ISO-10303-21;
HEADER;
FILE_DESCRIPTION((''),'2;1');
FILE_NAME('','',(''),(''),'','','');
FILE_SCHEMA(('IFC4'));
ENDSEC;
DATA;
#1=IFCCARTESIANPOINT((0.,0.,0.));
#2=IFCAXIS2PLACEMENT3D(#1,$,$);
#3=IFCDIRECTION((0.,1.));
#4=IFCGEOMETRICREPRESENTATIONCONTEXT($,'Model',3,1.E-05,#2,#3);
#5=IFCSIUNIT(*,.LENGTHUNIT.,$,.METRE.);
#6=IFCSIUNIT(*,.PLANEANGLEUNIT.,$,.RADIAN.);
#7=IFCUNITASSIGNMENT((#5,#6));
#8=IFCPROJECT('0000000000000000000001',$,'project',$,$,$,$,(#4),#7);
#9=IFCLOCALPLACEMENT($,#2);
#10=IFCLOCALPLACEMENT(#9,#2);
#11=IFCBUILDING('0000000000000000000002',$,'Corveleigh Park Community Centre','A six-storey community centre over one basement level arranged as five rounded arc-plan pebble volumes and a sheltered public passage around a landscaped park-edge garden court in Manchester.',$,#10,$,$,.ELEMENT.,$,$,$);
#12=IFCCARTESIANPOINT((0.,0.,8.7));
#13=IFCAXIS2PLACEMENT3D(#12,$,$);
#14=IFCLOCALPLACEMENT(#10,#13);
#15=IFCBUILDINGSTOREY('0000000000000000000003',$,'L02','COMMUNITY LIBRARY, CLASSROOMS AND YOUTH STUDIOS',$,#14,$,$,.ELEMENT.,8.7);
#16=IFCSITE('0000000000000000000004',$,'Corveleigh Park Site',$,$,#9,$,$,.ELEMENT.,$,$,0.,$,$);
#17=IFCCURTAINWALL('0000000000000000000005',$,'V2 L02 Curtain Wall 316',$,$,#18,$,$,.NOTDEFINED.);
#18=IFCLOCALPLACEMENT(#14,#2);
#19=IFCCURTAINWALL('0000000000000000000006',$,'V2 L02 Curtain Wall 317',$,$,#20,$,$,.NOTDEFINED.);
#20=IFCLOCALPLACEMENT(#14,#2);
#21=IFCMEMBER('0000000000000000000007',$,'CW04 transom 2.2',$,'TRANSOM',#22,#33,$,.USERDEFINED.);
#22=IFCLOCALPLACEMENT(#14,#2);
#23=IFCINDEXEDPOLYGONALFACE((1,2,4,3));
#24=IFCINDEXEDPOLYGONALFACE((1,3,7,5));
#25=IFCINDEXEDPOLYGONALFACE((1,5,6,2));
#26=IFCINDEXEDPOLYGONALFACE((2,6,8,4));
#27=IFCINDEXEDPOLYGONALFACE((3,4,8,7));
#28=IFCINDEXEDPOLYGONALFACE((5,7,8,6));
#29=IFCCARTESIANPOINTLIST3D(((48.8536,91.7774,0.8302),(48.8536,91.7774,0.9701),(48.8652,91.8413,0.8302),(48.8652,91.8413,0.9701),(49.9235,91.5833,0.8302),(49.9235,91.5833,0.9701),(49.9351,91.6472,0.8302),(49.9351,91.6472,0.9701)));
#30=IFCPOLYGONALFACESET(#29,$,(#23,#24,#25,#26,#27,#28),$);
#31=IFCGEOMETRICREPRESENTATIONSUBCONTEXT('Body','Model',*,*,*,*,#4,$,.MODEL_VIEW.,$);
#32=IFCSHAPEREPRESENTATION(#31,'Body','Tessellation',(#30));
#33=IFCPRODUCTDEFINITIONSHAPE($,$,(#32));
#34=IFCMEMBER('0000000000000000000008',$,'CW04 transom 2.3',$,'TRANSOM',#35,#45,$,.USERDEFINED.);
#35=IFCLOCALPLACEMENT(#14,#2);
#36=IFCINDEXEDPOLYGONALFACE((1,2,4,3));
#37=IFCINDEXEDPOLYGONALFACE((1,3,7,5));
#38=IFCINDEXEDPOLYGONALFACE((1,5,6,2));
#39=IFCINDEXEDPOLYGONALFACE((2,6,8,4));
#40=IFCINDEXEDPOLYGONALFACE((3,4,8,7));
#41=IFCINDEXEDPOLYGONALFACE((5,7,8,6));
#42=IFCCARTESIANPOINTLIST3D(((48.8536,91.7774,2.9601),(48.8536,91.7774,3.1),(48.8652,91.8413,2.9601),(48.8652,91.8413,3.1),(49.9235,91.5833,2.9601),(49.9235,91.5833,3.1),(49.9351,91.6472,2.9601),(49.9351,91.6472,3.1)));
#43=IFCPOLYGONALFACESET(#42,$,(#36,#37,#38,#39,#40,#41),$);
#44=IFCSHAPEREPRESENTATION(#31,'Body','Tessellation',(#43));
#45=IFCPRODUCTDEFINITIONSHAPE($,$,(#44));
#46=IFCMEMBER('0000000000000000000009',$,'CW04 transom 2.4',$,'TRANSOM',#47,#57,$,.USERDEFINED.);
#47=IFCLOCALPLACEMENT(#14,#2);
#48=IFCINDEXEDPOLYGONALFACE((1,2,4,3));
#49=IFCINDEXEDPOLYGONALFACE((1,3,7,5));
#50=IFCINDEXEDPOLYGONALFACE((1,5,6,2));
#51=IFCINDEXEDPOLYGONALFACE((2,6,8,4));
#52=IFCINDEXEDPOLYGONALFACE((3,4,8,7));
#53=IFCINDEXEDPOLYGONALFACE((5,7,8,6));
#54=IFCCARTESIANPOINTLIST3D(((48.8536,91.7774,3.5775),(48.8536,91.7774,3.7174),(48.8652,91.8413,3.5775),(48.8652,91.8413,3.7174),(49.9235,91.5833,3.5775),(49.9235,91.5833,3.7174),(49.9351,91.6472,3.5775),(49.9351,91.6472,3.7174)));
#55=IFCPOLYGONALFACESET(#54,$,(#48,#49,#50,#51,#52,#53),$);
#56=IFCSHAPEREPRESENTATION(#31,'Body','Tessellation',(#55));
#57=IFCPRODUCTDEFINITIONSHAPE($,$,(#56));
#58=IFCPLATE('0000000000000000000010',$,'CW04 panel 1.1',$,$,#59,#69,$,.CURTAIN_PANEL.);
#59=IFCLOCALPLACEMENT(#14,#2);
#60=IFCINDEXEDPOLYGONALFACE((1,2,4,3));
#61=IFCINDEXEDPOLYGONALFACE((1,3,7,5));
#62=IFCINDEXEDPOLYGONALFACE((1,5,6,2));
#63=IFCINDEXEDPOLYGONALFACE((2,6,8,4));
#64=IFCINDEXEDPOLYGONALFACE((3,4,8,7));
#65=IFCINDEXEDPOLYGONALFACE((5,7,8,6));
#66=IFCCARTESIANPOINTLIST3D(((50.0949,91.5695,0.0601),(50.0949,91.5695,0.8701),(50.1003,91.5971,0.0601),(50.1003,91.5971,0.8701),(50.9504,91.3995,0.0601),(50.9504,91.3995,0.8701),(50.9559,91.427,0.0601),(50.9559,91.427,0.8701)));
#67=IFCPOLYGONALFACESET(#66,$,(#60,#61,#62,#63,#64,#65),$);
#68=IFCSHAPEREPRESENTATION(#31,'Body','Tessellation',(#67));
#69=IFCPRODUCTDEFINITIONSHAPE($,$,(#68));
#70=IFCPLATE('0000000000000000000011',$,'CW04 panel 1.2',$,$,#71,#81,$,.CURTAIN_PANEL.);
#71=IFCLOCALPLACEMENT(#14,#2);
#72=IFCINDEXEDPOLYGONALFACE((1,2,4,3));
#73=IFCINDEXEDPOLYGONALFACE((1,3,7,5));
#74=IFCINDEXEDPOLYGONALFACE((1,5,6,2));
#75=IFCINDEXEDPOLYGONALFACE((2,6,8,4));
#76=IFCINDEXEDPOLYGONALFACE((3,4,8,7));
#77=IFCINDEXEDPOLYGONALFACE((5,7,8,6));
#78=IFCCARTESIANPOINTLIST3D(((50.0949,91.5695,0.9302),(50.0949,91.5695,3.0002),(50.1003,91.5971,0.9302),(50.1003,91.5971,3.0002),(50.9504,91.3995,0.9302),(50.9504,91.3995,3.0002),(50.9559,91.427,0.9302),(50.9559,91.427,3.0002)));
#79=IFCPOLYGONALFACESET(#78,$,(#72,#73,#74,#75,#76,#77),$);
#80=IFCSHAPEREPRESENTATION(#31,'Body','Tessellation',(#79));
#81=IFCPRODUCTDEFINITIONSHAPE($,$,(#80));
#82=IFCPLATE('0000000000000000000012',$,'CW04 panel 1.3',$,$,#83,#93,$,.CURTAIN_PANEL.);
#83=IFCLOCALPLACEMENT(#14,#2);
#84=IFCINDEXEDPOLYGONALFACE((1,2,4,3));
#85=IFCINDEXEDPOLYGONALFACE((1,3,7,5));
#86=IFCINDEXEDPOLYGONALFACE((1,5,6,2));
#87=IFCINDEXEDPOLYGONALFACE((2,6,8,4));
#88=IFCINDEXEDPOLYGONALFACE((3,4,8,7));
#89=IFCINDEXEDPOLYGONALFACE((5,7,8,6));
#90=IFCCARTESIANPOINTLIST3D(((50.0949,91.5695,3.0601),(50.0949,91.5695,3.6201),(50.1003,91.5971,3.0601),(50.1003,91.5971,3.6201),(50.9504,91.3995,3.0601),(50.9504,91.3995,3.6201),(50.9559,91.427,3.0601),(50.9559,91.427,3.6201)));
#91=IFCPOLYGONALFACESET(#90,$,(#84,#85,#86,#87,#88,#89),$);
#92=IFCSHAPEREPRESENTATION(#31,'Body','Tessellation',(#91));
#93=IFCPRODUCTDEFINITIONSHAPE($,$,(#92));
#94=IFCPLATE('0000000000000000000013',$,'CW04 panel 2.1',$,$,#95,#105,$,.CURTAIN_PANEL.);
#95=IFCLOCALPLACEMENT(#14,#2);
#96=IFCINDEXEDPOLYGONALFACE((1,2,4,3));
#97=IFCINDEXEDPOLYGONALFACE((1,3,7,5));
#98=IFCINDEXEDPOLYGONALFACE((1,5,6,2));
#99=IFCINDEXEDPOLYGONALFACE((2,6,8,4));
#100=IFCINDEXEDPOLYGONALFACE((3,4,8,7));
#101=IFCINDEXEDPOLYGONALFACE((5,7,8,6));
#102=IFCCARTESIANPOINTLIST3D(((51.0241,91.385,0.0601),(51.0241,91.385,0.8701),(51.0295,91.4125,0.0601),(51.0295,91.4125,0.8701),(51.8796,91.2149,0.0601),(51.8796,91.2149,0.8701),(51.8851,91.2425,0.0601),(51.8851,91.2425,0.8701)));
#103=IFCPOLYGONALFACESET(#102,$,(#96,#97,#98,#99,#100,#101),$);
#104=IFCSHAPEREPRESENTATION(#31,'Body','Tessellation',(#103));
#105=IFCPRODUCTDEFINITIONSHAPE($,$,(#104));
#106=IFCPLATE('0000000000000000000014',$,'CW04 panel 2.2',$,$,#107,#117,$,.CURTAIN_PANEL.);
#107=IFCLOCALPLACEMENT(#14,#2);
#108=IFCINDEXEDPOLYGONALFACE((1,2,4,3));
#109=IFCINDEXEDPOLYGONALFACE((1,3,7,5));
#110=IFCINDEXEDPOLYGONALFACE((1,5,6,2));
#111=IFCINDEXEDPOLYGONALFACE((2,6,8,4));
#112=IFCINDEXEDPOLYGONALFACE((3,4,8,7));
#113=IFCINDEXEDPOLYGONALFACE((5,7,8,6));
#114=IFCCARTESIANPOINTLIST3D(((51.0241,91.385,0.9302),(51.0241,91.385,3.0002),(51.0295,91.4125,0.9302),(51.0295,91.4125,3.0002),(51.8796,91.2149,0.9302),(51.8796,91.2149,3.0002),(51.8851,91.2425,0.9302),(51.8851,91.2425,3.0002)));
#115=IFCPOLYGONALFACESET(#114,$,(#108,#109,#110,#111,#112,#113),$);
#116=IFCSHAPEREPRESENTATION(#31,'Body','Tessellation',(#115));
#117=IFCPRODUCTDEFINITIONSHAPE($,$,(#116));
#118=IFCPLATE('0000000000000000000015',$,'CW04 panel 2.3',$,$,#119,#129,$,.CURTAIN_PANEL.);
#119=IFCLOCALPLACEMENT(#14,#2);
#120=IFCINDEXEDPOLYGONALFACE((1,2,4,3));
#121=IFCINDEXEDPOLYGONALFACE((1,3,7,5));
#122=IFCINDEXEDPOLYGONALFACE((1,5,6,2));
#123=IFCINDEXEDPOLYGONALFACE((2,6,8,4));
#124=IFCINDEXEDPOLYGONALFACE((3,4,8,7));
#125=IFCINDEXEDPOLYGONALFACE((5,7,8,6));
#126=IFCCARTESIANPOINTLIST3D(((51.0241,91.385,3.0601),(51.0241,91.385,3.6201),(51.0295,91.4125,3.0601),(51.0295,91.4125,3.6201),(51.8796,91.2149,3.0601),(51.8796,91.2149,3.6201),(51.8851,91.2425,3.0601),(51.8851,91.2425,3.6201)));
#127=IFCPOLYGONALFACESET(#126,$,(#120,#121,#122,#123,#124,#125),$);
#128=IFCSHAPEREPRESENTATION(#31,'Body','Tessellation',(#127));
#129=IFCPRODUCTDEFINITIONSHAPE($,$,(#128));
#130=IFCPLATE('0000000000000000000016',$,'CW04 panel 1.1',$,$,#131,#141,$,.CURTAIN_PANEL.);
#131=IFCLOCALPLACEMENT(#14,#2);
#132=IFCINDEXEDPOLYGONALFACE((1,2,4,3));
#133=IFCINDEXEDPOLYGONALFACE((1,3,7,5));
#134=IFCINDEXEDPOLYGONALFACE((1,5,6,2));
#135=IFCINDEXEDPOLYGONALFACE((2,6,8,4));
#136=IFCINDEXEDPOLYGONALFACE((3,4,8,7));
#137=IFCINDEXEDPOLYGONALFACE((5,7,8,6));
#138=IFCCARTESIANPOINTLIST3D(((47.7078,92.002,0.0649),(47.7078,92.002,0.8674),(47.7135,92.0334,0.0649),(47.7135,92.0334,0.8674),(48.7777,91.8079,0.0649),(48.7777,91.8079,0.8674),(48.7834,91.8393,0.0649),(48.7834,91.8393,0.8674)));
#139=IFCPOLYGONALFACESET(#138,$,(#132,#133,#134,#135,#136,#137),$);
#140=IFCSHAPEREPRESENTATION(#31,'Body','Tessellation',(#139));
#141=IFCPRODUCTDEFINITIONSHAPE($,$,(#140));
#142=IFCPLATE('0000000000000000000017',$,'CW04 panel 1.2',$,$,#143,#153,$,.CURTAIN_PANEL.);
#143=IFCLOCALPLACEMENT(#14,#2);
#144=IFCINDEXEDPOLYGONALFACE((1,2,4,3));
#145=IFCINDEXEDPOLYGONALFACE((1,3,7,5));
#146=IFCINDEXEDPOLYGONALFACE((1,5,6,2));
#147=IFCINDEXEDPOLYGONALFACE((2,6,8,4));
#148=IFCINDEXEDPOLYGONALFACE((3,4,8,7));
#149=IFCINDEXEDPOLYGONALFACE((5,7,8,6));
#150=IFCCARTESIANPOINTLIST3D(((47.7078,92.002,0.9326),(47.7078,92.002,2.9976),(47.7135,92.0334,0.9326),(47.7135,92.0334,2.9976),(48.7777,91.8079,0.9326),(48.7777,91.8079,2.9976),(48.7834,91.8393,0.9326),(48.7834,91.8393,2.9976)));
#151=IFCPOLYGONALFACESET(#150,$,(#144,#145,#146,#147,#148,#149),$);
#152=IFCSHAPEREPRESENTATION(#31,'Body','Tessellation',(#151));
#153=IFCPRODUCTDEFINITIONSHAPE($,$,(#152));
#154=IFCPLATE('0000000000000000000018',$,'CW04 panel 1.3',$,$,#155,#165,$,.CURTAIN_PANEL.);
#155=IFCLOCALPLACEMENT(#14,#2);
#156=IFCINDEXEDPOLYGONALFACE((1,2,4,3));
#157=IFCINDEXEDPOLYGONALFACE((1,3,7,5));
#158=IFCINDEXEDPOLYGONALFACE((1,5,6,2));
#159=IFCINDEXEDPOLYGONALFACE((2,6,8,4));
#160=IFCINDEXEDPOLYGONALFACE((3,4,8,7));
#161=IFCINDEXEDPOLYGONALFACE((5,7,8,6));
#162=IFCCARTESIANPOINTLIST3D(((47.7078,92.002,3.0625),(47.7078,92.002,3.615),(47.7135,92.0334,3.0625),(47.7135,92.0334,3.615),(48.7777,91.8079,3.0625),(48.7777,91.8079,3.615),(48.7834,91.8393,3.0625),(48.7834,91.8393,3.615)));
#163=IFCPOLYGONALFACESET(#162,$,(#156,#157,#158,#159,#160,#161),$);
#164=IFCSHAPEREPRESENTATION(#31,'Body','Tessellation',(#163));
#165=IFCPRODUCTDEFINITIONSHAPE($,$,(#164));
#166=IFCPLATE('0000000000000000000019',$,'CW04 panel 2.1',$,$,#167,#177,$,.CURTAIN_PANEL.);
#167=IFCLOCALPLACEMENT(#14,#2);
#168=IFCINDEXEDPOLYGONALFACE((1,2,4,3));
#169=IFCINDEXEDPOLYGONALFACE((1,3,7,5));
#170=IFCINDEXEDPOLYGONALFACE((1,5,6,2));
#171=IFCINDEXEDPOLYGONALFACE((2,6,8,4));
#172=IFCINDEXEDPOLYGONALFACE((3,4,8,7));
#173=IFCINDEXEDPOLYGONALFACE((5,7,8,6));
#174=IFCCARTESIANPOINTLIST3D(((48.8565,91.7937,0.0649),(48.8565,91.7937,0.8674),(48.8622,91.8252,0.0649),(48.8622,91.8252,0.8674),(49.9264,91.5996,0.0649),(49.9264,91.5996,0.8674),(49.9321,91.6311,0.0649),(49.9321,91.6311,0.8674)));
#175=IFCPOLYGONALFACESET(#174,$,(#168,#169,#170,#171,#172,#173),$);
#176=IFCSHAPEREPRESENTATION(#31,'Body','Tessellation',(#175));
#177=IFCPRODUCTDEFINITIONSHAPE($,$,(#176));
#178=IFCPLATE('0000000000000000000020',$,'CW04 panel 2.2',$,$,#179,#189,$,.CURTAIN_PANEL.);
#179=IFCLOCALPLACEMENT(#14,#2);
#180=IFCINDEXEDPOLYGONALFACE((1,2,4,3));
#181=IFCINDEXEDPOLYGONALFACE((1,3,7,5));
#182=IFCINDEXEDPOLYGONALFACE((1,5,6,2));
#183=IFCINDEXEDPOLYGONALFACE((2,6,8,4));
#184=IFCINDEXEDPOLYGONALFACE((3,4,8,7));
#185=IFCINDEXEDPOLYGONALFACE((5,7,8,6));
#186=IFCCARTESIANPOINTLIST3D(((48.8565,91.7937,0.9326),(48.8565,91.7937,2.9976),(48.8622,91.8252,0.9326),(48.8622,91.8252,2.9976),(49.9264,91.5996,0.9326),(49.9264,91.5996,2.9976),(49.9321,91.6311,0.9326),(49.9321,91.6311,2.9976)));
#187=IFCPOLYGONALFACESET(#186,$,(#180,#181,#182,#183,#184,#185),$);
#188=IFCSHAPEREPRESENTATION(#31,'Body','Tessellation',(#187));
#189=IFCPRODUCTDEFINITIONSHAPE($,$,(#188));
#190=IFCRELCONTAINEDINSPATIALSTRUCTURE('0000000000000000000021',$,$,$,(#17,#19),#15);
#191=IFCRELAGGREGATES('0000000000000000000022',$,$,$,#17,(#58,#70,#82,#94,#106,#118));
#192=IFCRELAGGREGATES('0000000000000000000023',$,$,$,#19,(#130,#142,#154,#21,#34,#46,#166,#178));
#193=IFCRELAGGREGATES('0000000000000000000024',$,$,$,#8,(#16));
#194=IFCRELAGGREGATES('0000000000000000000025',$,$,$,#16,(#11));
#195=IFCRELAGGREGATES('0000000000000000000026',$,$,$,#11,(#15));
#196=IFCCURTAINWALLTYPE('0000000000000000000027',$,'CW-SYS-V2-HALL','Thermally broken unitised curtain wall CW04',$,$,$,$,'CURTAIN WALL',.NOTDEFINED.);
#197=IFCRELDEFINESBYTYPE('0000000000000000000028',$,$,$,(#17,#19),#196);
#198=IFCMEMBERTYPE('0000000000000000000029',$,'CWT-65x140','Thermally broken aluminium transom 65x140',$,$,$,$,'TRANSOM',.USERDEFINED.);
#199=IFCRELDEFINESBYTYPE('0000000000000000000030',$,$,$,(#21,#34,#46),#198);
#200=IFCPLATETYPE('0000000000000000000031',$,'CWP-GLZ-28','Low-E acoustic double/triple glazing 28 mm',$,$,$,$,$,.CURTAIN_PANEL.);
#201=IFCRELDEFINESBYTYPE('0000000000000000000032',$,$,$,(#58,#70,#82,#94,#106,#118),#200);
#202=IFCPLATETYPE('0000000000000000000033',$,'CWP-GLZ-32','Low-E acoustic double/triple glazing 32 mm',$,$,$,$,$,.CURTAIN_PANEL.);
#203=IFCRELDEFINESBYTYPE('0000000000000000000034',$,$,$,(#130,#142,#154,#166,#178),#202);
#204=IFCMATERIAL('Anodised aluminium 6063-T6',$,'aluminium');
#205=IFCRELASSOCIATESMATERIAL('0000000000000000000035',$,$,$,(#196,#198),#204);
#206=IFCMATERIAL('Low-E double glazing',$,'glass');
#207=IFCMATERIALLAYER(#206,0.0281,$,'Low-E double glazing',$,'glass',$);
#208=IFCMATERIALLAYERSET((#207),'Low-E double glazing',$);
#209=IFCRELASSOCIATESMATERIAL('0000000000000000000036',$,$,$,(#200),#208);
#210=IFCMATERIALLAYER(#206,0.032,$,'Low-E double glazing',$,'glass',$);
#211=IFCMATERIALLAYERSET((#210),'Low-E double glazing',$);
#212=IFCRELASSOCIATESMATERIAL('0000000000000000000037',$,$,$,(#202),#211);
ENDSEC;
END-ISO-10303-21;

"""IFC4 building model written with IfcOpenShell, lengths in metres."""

from ifc_helpers import new_model, si_unit, direction, frame, origin, origin_2d, place, context, subcontext, project, spatial, rectangle, extrude, material, layer, layer_set, material_profile, profile_set, type_object, element, aggregate, save


model = new_model("IFC4")

# Units and contexts
model_context = context("Model", 3, precision=1e-05, world=origin(), true_north=direction((0.0, 1.0)))
body_context = subcontext(model_context, "Body", "Model", "MODEL_VIEW")
ifc_project = project(units=[si_unit("LENGTHUNIT", "METRE"), si_unit("PLANEANGLEUNIT", "RADIAN")], contexts=[model_context])

# Site, building, storey
site_placement = place(None, origin())
site = spatial("IfcSite", under=ifc_project, at=site_placement, Name="Corveleigh Park Site", CompositionType="ELEMENT", RefElevation=0.0)
building_placement = place(site_placement, origin())
building = spatial("IfcBuilding", under=site, at=building_placement, Name="Corveleigh Park Community Centre", Description="A six-storey community centre over one basement level arranged as five rounded arc-plan pebble volumes and a sheltered public passage around a landscaped park-edge garden court in Manchester.", CompositionType="ELEMENT")
storey_placement = place(building_placement, frame((0.0, 0.0, 8.7)))
storey = spatial("IfcBuildingStorey", under=building, at=storey_placement, Name="L02", Description="COMMUNITY LIBRARY, CLASSROOMS AND YOUTH STUDIOS", CompositionType="ELEMENT", Elevation=8.7)

# Curtain walls
ifc_material_1 = material(Name="Anodised aluminium 6063-T6", Category="aluminium")
curtain_wall_type = type_object("IfcCurtainWallType", Name="CW-SYS-V2-HALL", Description="Thermally broken unitised curtain wall CW04", ElementType="CURTAIN WALL", PredefinedType="NOTDEFINED", material=ifc_material_1)
curtain_wall_1_placement = place(storey_placement, origin())
curtain_wall_1 = element("IfcCurtainWall", 1, at=curtain_wall_1_placement, inside=storey, type_object=curtain_wall_type, Name="V2 L02 Curtain Wall 316", PredefinedType="NOTDEFINED")
curtain_wall_2_placement = place(storey_placement, origin())
curtain_wall_2 = element("IfcCurtainWall", 2, at=curtain_wall_2_placement, inside=storey, type_object=curtain_wall_type, Name="V2 L02 Curtain Wall 317", PredefinedType="NOTDEFINED")

# Members
ifc_material_profile_1 = material_profile(ifc_material_1, rectangle(XDim=0.0649, YDim=0.1399, at=origin_2d()), Name="ALU-T65x140", Category="aluminium")
ifc_profile_set_1 = profile_set([ifc_material_profile_1], Name="Anodised aluminium 6063-T6")
member_type_1 = type_object("IfcMemberType", Name="CWT-65x140", Description="Thermally broken aluminium transom 65x140", ElementType="TRANSOM", PredefinedType="USERDEFINED", material=ifc_profile_set_1)
member_1_placement = place(storey_placement, frame((48.8594, 91.8093, 0.9001), z_axis=(0.983938, -0.17851, 0.0), x_axis=(0.17851, 0.983938, 0.0)))
member_1 = element("IfcMember", 3, at=member_1_placement, type_object=member_type_1, Name="CW04 transom 2.2", ObjectType="TRANSOM", PredefinedType="USERDEFINED", context=body_context, shape_type="SweptSolid", body=[
    extrude(rectangle(XDim=0.0649, YDim=0.1399, at=origin_2d()), origin(), (0.0, 0.0, 1.0), 1.0874),
])
member_2_placement = place(storey_placement, frame((48.8594, 91.8093, 3.03), z_axis=(0.983938, -0.17851, 0.0), x_axis=(0.17851, 0.983938, 0.0)))
member_2 = element("IfcMember", 4, at=member_2_placement, type_object=member_type_1, Name="CW04 transom 2.3", ObjectType="TRANSOM", PredefinedType="USERDEFINED", context=body_context, shape_type="SweptSolid", body=[
    extrude(rectangle(XDim=0.0649, YDim=0.1399, at=origin_2d()), origin(), (0.0, 0.0, 1.0), 1.0874),
])
member_3_placement = place(storey_placement, frame((48.8594, 91.8093, 3.6475), z_axis=(0.983938, -0.17851, 0.0), x_axis=(0.17851, 0.983938, 0.0)))
member_3 = element("IfcMember", 5, at=member_3_placement, type_object=member_type_1, Name="CW04 transom 2.4", ObjectType="TRANSOM", PredefinedType="USERDEFINED", context=body_context, shape_type="SweptSolid", body=[
    extrude(rectangle(XDim=0.0649, YDim=0.1399, at=origin_2d()), origin(), (0.0, 0.0, 1.0), 1.0874),
])

# Plates
ifc_material_2 = material(Name="Low-E double glazing", Category="glass")
ifc_layer_1 = layer(ifc_material_2, 0.0281, Name="Low-E double glazing", Category="glass")
ifc_layer_set_1 = layer_set([ifc_layer_1], Name="Low-E double glazing")
plate_type_1 = type_object("IfcPlateType", Name="CWP-GLZ-28", Description="Low-E acoustic double/triple glazing 28 mm", PredefinedType="CURTAIN_PANEL", material=ifc_layer_set_1)
plate_1_placement = place(storey_placement, frame((50.5254, 91.4983, 0.0601), z_axis=(0.0, 0.0, 1.0), x_axis=(0.980814, -0.194944, 0.0)))
plate_1 = element("IfcPlate", 6, at=plate_1_placement, type_object=plate_type_1, Name="CW04 panel 1.1", PredefinedType="CURTAIN_PANEL", context=body_context, shape_type="SweptSolid", body=[
    extrude(rectangle(XDim=0.8723, YDim=0.0281, at=origin_2d()), origin(), (0.0, 0.0, 1.0), 0.8101),
])
plate_2_placement = place(storey_placement, frame((50.5254, 91.4983, 0.9302), z_axis=(0.0, 0.0, 1.0), x_axis=(0.980814, -0.194944, 0.0)))
plate_2 = element("IfcPlate", 7, at=plate_2_placement, type_object=plate_type_1, Name="CW04 panel 1.2", PredefinedType="CURTAIN_PANEL", context=body_context, shape_type="SweptSolid", body=[
    extrude(rectangle(XDim=0.8723, YDim=0.0281, at=origin_2d()), origin(), (0.0, 0.0, 1.0), 2.0701),
])
plate_3_placement = place(storey_placement, frame((50.5254, 91.4983, 3.0601), z_axis=(0.0, 0.0, 1.0), x_axis=(0.980814, -0.194944, 0.0)))
plate_3 = element("IfcPlate", 8, at=plate_3_placement, type_object=plate_type_1, Name="CW04 panel 1.3", PredefinedType="CURTAIN_PANEL", context=body_context, shape_type="SweptSolid", body=[
    extrude(rectangle(XDim=0.8723, YDim=0.0281, at=origin_2d()), origin(), (0.0, 0.0, 1.0), 0.5601),
])
plate_4_placement = place(storey_placement, frame((51.4546, 91.3137, 0.0601), z_axis=(0.0, 0.0, 1.0), x_axis=(0.980814, -0.194944, 0.0)))
plate_4 = element("IfcPlate", 9, at=plate_4_placement, type_object=plate_type_1, Name="CW04 panel 2.1", PredefinedType="CURTAIN_PANEL", context=body_context, shape_type="SweptSolid", body=[
    extrude(rectangle(XDim=0.8723, YDim=0.0281, at=origin_2d()), origin(), (0.0, 0.0, 1.0), 0.8101),
])
plate_5_placement = place(storey_placement, frame((51.4546, 91.3137, 0.9302), z_axis=(0.0, 0.0, 1.0), x_axis=(0.980814, -0.194944, 0.0)))
plate_5 = element("IfcPlate", 10, at=plate_5_placement, type_object=plate_type_1, Name="CW04 panel 2.2", PredefinedType="CURTAIN_PANEL", context=body_context, shape_type="SweptSolid", body=[
    extrude(rectangle(XDim=0.8723, YDim=0.0281, at=origin_2d()), origin(), (0.0, 0.0, 1.0), 2.0701),
])
plate_6_placement = place(storey_placement, frame((51.4546, 91.3137, 3.0601), z_axis=(0.0, 0.0, 1.0), x_axis=(0.980814, -0.194944, 0.0)))
plate_6 = element("IfcPlate", 11, at=plate_6_placement, type_object=plate_type_1, Name="CW04 panel 2.3", PredefinedType="CURTAIN_PANEL", context=body_context, shape_type="SweptSolid", body=[
    extrude(rectangle(XDim=0.8723, YDim=0.0281, at=origin_2d()), origin(), (0.0, 0.0, 1.0), 0.5601),
])
aggregate(curtain_wall_1, [plate_1, plate_2, plate_3, plate_4, plate_5, plate_6])
ifc_layer_2 = layer(ifc_material_2, 0.032, Name="Low-E double glazing", Category="glass")
ifc_layer_set_2 = layer_set([ifc_layer_2], Name="Low-E double glazing")
plate_type_2 = type_object("IfcPlateType", Name="CWP-GLZ-32", Description="Low-E acoustic double/triple glazing 32 mm", PredefinedType="CURTAIN_PANEL", material=ifc_layer_set_2)
plate_7_placement = place(storey_placement, frame((48.2456, 91.9207, 0.0649), z_axis=(0.0, 0.0, 1.0), x_axis=(0.983943, -0.178485, 0.0)))
plate_7 = element("IfcPlate", 12, at=plate_7_placement, type_object=plate_type_2, Name="CW04 panel 1.1", PredefinedType="CURTAIN_PANEL", context=body_context, shape_type="SweptSolid", body=[
    extrude(rectangle(XDim=1.0874, YDim=0.032, at=origin_2d()), origin(), (0.0, 0.0, 1.0), 0.8025),
])
plate_8_placement = place(storey_placement, frame((48.2456, 91.9207, 0.9326), z_axis=(0.0, 0.0, 1.0), x_axis=(0.983943, -0.178485, 0.0)))
plate_8 = element("IfcPlate", 13, at=plate_8_placement, type_object=plate_type_2, Name="CW04 panel 1.2", PredefinedType="CURTAIN_PANEL", context=body_context, shape_type="SweptSolid", body=[
    extrude(rectangle(XDim=1.0874, YDim=0.032, at=origin_2d()), origin(), (0.0, 0.0, 1.0), 2.0649),
])
plate_9_placement = place(storey_placement, frame((48.2456, 91.9207, 3.0625), z_axis=(0.0, 0.0, 1.0), x_axis=(0.983943, -0.178485, 0.0)))
plate_9 = element("IfcPlate", 14, at=plate_9_placement, type_object=plate_type_2, Name="CW04 panel 1.3", PredefinedType="CURTAIN_PANEL", context=body_context, shape_type="SweptSolid", body=[
    extrude(rectangle(XDim=1.0874, YDim=0.032, at=origin_2d()), origin(), (0.0, 0.0, 1.0), 0.5525),
])
plate_10_placement = place(storey_placement, frame((49.3943, 91.7124, 0.0649), z_axis=(0.0, 0.0, 1.0), x_axis=(0.983943, -0.178485, 0.0)))
plate_10 = element("IfcPlate", 15, at=plate_10_placement, type_object=plate_type_2, Name="CW04 panel 2.1", PredefinedType="CURTAIN_PANEL", context=body_context, shape_type="SweptSolid", body=[
    extrude(rectangle(XDim=1.0874, YDim=0.032, at=origin_2d()), origin(), (0.0, 0.0, 1.0), 0.8025),
])
plate_11_placement = place(storey_placement, frame((49.3943, 91.7124, 0.9326), z_axis=(0.0, 0.0, 1.0), x_axis=(0.983943, -0.178485, 0.0)))
plate_11 = element("IfcPlate", 16, at=plate_11_placement, type_object=plate_type_2, Name="CW04 panel 2.2", PredefinedType="CURTAIN_PANEL", context=body_context, shape_type="SweptSolid", body=[
    extrude(rectangle(XDim=1.0874, YDim=0.032, at=origin_2d()), origin(), (0.0, 0.0, 1.0), 2.0649),
])
aggregate(curtain_wall_2, [plate_7, plate_8, plate_9, member_1, member_2, member_3, plate_10, plate_11])

save(model, "model.ifc")
